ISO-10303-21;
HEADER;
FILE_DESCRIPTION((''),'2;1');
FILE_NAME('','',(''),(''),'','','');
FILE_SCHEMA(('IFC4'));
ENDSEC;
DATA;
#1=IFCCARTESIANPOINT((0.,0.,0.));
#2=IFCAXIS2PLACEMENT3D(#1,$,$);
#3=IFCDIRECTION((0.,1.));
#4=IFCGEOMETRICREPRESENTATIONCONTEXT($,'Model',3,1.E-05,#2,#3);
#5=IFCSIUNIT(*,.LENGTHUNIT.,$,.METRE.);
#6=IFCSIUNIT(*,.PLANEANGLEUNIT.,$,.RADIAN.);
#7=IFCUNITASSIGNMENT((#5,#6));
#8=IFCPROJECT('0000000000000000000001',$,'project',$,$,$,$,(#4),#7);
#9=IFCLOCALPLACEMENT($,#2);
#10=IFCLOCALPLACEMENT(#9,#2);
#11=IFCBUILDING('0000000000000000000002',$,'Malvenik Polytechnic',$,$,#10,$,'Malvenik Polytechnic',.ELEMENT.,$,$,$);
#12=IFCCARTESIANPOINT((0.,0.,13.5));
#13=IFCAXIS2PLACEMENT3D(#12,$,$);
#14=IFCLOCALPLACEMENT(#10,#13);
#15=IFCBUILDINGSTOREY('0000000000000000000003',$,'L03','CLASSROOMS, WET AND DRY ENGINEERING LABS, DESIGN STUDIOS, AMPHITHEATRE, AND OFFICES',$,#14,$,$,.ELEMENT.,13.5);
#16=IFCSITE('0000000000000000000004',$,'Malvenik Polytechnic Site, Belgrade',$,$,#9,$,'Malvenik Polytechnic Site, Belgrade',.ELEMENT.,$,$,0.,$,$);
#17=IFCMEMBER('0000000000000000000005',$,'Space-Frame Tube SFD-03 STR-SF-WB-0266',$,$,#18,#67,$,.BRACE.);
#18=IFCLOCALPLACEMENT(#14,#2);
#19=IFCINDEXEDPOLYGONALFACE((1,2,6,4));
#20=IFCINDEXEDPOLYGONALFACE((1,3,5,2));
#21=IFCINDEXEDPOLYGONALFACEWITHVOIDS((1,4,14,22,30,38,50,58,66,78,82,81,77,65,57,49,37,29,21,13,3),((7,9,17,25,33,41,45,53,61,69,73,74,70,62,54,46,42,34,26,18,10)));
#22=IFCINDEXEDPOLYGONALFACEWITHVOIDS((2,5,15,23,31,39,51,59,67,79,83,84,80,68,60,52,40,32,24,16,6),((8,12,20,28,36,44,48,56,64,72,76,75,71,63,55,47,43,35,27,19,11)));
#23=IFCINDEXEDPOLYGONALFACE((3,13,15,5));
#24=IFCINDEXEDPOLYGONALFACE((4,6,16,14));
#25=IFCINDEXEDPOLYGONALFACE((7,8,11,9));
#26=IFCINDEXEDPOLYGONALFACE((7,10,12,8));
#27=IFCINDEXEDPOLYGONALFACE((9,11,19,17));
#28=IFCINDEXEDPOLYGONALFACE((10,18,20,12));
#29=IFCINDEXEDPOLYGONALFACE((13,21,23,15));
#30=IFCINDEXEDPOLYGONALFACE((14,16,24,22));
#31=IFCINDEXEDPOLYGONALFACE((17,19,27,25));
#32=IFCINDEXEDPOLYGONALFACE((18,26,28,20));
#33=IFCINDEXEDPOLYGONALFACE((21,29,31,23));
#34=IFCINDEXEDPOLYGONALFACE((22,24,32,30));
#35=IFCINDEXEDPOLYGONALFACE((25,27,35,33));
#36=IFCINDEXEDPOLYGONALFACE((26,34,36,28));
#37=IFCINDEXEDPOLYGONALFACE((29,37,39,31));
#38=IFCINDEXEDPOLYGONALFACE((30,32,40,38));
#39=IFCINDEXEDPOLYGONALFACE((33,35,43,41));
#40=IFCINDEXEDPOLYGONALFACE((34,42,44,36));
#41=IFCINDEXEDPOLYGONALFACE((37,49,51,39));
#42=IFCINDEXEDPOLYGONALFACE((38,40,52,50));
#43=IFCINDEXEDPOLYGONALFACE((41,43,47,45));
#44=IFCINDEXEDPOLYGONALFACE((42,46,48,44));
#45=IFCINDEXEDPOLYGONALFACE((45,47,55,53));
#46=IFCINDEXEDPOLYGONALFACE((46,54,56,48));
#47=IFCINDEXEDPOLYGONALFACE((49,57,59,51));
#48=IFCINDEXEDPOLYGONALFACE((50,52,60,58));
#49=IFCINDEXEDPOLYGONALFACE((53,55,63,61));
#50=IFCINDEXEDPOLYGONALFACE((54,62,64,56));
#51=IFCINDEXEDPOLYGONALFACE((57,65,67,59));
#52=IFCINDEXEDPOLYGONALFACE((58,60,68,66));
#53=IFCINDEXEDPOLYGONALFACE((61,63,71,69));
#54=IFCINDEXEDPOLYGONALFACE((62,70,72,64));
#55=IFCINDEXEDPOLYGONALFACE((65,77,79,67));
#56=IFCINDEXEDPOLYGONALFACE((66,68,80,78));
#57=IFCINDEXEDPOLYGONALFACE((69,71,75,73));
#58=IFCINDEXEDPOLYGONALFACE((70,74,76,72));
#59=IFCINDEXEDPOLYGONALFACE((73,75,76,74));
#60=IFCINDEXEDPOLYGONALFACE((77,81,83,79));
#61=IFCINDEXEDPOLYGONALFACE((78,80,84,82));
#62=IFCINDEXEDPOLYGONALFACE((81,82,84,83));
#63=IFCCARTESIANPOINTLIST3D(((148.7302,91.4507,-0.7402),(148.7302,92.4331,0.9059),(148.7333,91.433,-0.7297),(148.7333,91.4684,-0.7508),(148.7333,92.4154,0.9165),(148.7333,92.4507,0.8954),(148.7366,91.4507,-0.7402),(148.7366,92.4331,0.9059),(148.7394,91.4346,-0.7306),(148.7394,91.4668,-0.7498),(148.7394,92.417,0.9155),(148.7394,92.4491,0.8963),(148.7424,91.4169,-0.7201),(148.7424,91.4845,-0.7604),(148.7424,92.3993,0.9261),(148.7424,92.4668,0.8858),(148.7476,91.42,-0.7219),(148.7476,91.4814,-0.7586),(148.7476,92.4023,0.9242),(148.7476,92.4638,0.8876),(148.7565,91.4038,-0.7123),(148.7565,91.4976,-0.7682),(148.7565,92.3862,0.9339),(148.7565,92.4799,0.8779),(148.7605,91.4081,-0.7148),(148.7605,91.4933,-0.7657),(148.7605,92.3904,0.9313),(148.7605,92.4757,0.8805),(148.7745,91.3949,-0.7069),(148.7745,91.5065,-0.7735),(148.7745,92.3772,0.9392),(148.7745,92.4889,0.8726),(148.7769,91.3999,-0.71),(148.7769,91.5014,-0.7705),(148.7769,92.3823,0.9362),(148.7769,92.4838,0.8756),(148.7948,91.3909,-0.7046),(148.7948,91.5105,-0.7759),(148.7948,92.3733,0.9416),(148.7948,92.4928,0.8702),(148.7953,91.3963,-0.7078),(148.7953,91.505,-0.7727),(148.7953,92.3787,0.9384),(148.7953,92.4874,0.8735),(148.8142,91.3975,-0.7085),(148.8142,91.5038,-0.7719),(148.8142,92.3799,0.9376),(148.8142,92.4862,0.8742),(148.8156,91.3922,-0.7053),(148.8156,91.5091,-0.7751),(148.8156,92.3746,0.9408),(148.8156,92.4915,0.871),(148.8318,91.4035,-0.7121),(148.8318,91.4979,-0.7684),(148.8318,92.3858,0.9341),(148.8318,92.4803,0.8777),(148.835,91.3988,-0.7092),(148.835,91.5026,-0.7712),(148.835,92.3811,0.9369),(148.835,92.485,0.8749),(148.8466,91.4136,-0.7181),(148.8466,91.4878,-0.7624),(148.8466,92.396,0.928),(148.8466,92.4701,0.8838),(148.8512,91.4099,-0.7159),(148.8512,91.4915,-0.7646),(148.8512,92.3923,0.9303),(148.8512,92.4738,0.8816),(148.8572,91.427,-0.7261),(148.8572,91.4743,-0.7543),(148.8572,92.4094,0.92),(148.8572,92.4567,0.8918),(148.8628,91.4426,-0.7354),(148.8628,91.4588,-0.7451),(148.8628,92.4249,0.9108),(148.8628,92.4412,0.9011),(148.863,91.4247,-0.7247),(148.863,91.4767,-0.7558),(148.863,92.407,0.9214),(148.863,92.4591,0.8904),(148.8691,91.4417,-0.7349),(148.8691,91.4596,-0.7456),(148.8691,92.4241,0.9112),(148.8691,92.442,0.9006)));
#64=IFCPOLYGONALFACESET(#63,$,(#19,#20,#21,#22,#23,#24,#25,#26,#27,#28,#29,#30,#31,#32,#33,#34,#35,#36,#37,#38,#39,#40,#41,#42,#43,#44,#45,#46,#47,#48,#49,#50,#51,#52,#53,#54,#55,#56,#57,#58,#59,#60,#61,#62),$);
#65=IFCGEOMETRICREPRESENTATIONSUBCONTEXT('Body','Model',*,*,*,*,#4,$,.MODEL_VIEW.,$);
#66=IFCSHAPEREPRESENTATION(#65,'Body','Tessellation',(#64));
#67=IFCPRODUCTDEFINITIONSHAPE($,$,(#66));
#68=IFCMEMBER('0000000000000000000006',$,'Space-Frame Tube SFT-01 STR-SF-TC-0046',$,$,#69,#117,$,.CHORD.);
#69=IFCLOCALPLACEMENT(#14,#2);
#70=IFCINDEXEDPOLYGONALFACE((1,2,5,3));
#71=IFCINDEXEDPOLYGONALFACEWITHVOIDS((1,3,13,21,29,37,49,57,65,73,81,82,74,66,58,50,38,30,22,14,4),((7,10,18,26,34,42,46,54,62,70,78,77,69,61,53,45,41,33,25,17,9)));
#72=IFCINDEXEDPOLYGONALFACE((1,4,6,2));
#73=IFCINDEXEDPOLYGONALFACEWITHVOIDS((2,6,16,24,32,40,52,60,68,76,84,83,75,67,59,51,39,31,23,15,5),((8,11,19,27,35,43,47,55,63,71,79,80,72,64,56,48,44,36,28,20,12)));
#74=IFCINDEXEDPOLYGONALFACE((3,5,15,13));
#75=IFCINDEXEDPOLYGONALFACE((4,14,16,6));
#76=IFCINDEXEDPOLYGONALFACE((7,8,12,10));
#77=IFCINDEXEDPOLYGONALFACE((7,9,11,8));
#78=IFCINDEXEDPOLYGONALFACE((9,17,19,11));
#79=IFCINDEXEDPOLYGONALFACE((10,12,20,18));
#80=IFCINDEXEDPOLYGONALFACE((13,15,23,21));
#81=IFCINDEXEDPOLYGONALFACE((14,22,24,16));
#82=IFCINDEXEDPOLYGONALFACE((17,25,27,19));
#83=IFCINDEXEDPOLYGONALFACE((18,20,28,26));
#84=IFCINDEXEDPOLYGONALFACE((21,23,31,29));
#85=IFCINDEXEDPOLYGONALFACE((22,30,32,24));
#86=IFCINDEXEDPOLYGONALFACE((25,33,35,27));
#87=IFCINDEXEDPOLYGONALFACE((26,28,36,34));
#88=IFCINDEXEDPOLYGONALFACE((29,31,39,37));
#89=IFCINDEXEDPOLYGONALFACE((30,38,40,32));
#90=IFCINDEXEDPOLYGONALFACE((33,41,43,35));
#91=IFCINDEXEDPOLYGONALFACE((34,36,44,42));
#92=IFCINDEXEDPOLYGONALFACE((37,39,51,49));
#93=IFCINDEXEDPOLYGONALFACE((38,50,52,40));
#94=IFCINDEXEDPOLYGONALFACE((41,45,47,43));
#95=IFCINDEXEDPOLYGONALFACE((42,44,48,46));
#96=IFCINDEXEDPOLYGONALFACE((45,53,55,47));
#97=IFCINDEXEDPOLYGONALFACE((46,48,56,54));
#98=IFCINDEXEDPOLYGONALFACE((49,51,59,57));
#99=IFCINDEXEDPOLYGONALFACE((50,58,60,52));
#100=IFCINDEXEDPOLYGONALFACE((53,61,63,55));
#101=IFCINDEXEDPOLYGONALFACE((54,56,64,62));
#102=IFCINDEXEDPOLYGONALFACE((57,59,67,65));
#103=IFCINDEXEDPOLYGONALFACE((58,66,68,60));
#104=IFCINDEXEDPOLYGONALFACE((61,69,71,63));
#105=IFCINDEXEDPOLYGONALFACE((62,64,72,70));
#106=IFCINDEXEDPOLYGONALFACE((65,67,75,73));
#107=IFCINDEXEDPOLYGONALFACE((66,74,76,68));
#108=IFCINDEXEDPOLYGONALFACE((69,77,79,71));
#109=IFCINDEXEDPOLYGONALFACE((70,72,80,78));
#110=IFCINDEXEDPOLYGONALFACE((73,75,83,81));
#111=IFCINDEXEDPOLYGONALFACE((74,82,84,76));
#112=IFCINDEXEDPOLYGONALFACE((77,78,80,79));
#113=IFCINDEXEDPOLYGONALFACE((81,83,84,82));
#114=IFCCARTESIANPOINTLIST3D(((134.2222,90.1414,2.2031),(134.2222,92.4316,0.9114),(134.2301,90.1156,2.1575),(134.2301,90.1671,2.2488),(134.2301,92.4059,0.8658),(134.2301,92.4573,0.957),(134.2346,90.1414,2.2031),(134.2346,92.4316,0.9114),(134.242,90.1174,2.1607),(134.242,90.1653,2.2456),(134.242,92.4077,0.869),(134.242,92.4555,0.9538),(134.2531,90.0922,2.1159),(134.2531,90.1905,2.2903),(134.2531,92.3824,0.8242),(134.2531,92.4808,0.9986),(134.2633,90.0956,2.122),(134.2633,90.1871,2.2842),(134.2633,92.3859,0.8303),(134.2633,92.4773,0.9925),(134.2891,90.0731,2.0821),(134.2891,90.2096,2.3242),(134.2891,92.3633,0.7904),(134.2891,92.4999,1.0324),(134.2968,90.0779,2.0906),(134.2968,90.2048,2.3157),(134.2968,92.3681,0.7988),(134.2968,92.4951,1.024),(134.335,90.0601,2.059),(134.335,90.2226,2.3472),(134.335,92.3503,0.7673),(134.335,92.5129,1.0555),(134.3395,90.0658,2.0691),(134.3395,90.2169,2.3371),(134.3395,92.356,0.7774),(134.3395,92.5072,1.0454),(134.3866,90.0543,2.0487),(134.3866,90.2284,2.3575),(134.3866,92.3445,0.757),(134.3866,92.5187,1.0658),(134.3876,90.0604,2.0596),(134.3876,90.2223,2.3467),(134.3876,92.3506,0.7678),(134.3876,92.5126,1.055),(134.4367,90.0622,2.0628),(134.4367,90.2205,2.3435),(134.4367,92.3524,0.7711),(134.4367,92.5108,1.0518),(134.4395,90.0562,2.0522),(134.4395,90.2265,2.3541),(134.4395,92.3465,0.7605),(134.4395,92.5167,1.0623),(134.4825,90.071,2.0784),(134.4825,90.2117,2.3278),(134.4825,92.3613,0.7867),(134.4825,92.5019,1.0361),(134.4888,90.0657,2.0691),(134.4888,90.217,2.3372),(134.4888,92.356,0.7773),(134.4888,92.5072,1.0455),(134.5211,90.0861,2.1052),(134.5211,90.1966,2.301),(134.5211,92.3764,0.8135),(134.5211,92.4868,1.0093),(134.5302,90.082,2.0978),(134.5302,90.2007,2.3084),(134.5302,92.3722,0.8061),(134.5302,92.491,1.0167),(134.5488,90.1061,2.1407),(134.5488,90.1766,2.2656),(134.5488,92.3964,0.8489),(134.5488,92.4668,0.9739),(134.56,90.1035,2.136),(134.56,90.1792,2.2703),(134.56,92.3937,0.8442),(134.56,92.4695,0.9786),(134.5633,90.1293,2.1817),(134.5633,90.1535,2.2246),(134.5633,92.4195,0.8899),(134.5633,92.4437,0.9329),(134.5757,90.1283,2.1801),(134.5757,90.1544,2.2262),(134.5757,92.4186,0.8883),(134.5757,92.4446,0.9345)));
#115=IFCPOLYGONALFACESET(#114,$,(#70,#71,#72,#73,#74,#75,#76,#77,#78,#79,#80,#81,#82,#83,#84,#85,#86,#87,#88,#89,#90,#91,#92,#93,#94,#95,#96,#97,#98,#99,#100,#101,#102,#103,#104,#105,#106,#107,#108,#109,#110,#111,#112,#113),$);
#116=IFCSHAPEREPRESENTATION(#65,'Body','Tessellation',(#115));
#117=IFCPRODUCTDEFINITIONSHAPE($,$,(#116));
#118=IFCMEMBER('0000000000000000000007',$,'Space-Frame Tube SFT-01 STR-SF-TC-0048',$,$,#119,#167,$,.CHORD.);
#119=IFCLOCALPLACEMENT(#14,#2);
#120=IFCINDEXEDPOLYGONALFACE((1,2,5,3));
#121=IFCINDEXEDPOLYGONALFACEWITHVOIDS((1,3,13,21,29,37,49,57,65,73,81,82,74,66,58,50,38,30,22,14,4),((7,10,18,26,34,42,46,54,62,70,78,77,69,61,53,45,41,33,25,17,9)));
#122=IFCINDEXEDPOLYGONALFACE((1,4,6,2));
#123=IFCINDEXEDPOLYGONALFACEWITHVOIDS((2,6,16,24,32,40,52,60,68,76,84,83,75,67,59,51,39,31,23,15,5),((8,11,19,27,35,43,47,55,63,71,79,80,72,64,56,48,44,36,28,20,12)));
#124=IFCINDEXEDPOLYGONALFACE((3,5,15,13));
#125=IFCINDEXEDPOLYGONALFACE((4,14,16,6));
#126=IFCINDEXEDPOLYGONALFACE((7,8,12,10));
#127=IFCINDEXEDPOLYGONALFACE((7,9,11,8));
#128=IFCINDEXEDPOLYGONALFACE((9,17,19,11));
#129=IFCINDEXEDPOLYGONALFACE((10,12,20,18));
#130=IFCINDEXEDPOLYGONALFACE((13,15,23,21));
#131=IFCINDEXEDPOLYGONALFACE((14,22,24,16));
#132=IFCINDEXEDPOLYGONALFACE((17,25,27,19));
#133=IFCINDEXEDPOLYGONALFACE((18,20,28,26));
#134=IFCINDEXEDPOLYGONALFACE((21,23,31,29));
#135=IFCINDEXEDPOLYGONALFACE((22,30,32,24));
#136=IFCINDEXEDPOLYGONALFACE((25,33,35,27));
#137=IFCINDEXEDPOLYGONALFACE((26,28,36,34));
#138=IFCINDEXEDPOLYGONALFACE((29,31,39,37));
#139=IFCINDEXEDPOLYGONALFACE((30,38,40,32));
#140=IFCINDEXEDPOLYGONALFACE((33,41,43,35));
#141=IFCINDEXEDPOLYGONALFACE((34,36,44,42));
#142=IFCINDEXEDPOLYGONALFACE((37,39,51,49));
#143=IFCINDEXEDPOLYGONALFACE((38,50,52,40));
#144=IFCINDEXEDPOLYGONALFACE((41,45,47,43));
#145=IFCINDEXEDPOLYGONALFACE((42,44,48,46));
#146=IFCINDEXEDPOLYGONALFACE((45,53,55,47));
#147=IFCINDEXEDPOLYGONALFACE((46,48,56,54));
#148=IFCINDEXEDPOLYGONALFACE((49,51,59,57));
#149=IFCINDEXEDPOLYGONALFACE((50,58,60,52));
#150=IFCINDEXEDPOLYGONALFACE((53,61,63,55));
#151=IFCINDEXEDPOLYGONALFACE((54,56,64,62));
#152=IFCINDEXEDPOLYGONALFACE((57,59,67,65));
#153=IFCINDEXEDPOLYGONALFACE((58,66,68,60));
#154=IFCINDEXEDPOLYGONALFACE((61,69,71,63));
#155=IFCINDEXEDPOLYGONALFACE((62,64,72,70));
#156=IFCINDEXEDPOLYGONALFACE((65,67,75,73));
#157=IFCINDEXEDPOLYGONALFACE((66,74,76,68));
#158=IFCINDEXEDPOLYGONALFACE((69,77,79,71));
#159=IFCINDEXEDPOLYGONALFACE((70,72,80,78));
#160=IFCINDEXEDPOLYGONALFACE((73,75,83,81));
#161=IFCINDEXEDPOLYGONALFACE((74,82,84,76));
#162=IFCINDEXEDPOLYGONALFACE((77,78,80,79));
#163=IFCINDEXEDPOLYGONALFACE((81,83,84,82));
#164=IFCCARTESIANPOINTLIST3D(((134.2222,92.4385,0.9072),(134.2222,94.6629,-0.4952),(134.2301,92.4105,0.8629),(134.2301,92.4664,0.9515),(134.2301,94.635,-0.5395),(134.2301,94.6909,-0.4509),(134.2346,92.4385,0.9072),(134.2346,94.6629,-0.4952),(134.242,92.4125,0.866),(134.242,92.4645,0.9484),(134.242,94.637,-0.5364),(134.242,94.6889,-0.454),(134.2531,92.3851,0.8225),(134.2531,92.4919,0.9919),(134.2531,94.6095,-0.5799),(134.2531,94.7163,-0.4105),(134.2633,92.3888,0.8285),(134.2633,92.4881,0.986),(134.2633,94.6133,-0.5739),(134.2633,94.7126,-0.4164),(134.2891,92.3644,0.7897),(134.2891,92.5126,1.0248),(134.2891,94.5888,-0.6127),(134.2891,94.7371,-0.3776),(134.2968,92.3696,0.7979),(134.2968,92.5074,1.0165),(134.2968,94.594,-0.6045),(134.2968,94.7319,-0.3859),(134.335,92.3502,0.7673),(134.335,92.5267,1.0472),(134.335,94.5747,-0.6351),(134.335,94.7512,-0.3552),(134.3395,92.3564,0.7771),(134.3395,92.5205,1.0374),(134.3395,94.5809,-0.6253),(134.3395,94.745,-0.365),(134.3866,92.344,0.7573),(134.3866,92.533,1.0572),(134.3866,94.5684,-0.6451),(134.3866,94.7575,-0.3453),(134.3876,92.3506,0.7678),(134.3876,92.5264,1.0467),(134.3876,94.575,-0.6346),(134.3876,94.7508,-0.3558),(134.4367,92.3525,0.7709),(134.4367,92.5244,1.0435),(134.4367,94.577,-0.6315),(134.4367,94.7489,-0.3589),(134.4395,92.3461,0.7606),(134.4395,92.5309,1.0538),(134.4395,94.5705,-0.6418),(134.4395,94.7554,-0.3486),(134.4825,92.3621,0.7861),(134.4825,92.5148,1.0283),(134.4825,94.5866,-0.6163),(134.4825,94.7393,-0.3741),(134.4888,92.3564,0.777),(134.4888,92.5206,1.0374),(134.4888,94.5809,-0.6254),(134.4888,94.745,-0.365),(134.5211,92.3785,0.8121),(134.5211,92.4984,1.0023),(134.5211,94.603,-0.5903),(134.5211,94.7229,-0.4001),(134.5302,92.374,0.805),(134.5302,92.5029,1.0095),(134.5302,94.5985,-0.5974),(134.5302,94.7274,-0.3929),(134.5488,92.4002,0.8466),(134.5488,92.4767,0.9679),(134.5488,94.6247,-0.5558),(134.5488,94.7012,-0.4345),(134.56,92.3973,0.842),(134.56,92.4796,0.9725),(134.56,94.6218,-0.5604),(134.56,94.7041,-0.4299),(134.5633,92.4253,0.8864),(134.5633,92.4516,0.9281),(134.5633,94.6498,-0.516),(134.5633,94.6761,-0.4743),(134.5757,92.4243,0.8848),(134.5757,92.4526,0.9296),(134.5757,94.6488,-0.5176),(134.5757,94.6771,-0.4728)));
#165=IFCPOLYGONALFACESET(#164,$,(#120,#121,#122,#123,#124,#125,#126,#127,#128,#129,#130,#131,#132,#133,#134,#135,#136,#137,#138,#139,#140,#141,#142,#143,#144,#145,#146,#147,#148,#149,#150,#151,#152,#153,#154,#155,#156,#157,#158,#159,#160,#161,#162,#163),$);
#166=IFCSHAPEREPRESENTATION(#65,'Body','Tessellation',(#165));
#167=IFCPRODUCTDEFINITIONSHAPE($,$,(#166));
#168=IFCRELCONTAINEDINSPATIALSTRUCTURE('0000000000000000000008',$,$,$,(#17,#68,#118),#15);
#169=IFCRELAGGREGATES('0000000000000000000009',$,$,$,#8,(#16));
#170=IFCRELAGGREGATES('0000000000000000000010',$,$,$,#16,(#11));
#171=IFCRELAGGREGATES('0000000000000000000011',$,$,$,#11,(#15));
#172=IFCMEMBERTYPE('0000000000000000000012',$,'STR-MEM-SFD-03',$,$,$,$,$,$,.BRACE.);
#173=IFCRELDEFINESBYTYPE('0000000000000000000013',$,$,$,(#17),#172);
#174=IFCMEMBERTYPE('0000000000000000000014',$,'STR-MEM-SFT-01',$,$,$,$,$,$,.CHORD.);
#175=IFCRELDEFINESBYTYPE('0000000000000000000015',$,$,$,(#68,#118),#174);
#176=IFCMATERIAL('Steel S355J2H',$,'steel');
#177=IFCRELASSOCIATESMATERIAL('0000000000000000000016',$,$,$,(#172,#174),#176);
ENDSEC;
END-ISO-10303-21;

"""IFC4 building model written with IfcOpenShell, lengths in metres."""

from ifc_helpers import new_model, si_unit, direction, frame, origin, origin_2d, place, context, subcontext, project, spatial, hollow_circle, extrude, material, material_profile, profile_set, type_object, element, save


model = new_model("IFC4")

# Units and contexts
model_context = context("Model", 3, precision=1e-05, world=origin(), true_north=direction((0.0, 1.0)))
body_context = subcontext(model_context, "Body", "Model", "MODEL_VIEW")
ifc_project = project(units=[si_unit("LENGTHUNIT", "METRE"), si_unit("PLANEANGLEUNIT", "RADIAN")], contexts=[model_context])

# Site, building, storey
site_placement = place(None, origin())
site = spatial("IfcSite", under=ifc_project, at=site_placement, Name="Malvenik Polytechnic Site, Belgrade", LongName="Malvenik Polytechnic Site, Belgrade", CompositionType="ELEMENT", RefElevation=0.0)
building_placement = place(site_placement, origin())
building = spatial("IfcBuilding", under=site, at=building_placement, Name="Malvenik Polytechnic", LongName="Malvenik Polytechnic", CompositionType="ELEMENT")
storey_placement = place(building_placement, frame((0.0, 0.0, 13.5)))
storey = spatial("IfcBuildingStorey", under=building, at=storey_placement, Name="L03", Description="CLASSROOMS, WET AND DRY ENGINEERING LABS, DESIGN STUDIOS, AMPHITHEATRE, AND OFFICES", CompositionType="ELEMENT", Elevation=13.5)

# Members
ifc_material_1 = material(Name="Steel S355J2H", Category="steel")
ifc_material_profile_1 = material_profile(ifc_material_1, hollow_circle(Radius=0.0698, WallThickness=0.0063, at=origin_2d()), Name="CHS 139.7x6.3")
ifc_profile_set_1 = profile_set([ifc_material_profile_1], Name="Steel S355J2H")
member_type_1 = type_object("IfcMemberType", Name="STR-MEM-SFD-03", PredefinedType="BRACE", material=ifc_profile_set_1)
for number, where, z_axis, x_axis, name in (
    (1, (148.8, 91.4507, -0.7402), (0.0, 0.512453, 0.858715), (-1.0, 0.0, 0.0), "Space-Frame Tube SFD-03 STR-SF-WB-0266"),
):
    element("IfcMember", number, at=place(storey_placement, frame(where, z_axis=z_axis, x_axis=x_axis)), inside=storey, type_object=member_type_1, Name=name, PredefinedType="BRACE", context=body_context, shape_type="SweptSolid", body=[
        extrude(hollow_circle(Radius=0.0698, WallThickness=0.0063, at=origin_2d()), origin(), (0.0, 0.0, 1.0), 1.917),
    ])
ifc_material_profile_2 = material_profile(ifc_material_1, hollow_circle(Radius=0.1777, WallThickness=0.0125, at=origin_2d()), Name="CHS 355.6x12.5")
ifc_profile_set_2 = profile_set([ifc_material_profile_2], Name="Steel S355J2H")
member_type_2 = type_object("IfcMemberType", Name="STR-MEM-SFT-01", PredefinedType="CHORD", material=ifc_profile_set_2)
member_1_placement = place(storey_placement, frame((134.3999, 90.1414, 2.2031), z_axis=(0.0, 0.871012, -0.491262), x_axis=(-1.0, 0.0, 0.0)))
element("IfcMember", 2, at=member_1_placement, inside=storey, type_object=member_type_2, Name="Space-Frame Tube SFT-01 STR-SF-TC-0046", PredefinedType="CHORD", context=body_context, shape_type="SweptSolid", body=[
    extrude(hollow_circle(Radius=0.1777, WallThickness=0.0125, at=origin_2d()), origin(), (0.0, 0.0, 1.0), 2.6294),
])
member_2_placement = place(storey_placement, frame((134.3999, 92.4385, 0.9072), z_axis=(0.0, 0.845921, -0.533308), x_axis=(-1.0, 0.0, 0.0)))
element("IfcMember", 3, at=member_2_placement, inside=storey, type_object=member_type_2, Name="Space-Frame Tube SFT-01 STR-SF-TC-0048", PredefinedType="CHORD", context=body_context, shape_type="SweptSolid", body=[
    extrude(hollow_circle(Radius=0.1777, WallThickness=0.0125, at=origin_2d()), origin(), (0.0, 0.0, 1.0), 2.6296),
])

save(model, "model.ifc")
